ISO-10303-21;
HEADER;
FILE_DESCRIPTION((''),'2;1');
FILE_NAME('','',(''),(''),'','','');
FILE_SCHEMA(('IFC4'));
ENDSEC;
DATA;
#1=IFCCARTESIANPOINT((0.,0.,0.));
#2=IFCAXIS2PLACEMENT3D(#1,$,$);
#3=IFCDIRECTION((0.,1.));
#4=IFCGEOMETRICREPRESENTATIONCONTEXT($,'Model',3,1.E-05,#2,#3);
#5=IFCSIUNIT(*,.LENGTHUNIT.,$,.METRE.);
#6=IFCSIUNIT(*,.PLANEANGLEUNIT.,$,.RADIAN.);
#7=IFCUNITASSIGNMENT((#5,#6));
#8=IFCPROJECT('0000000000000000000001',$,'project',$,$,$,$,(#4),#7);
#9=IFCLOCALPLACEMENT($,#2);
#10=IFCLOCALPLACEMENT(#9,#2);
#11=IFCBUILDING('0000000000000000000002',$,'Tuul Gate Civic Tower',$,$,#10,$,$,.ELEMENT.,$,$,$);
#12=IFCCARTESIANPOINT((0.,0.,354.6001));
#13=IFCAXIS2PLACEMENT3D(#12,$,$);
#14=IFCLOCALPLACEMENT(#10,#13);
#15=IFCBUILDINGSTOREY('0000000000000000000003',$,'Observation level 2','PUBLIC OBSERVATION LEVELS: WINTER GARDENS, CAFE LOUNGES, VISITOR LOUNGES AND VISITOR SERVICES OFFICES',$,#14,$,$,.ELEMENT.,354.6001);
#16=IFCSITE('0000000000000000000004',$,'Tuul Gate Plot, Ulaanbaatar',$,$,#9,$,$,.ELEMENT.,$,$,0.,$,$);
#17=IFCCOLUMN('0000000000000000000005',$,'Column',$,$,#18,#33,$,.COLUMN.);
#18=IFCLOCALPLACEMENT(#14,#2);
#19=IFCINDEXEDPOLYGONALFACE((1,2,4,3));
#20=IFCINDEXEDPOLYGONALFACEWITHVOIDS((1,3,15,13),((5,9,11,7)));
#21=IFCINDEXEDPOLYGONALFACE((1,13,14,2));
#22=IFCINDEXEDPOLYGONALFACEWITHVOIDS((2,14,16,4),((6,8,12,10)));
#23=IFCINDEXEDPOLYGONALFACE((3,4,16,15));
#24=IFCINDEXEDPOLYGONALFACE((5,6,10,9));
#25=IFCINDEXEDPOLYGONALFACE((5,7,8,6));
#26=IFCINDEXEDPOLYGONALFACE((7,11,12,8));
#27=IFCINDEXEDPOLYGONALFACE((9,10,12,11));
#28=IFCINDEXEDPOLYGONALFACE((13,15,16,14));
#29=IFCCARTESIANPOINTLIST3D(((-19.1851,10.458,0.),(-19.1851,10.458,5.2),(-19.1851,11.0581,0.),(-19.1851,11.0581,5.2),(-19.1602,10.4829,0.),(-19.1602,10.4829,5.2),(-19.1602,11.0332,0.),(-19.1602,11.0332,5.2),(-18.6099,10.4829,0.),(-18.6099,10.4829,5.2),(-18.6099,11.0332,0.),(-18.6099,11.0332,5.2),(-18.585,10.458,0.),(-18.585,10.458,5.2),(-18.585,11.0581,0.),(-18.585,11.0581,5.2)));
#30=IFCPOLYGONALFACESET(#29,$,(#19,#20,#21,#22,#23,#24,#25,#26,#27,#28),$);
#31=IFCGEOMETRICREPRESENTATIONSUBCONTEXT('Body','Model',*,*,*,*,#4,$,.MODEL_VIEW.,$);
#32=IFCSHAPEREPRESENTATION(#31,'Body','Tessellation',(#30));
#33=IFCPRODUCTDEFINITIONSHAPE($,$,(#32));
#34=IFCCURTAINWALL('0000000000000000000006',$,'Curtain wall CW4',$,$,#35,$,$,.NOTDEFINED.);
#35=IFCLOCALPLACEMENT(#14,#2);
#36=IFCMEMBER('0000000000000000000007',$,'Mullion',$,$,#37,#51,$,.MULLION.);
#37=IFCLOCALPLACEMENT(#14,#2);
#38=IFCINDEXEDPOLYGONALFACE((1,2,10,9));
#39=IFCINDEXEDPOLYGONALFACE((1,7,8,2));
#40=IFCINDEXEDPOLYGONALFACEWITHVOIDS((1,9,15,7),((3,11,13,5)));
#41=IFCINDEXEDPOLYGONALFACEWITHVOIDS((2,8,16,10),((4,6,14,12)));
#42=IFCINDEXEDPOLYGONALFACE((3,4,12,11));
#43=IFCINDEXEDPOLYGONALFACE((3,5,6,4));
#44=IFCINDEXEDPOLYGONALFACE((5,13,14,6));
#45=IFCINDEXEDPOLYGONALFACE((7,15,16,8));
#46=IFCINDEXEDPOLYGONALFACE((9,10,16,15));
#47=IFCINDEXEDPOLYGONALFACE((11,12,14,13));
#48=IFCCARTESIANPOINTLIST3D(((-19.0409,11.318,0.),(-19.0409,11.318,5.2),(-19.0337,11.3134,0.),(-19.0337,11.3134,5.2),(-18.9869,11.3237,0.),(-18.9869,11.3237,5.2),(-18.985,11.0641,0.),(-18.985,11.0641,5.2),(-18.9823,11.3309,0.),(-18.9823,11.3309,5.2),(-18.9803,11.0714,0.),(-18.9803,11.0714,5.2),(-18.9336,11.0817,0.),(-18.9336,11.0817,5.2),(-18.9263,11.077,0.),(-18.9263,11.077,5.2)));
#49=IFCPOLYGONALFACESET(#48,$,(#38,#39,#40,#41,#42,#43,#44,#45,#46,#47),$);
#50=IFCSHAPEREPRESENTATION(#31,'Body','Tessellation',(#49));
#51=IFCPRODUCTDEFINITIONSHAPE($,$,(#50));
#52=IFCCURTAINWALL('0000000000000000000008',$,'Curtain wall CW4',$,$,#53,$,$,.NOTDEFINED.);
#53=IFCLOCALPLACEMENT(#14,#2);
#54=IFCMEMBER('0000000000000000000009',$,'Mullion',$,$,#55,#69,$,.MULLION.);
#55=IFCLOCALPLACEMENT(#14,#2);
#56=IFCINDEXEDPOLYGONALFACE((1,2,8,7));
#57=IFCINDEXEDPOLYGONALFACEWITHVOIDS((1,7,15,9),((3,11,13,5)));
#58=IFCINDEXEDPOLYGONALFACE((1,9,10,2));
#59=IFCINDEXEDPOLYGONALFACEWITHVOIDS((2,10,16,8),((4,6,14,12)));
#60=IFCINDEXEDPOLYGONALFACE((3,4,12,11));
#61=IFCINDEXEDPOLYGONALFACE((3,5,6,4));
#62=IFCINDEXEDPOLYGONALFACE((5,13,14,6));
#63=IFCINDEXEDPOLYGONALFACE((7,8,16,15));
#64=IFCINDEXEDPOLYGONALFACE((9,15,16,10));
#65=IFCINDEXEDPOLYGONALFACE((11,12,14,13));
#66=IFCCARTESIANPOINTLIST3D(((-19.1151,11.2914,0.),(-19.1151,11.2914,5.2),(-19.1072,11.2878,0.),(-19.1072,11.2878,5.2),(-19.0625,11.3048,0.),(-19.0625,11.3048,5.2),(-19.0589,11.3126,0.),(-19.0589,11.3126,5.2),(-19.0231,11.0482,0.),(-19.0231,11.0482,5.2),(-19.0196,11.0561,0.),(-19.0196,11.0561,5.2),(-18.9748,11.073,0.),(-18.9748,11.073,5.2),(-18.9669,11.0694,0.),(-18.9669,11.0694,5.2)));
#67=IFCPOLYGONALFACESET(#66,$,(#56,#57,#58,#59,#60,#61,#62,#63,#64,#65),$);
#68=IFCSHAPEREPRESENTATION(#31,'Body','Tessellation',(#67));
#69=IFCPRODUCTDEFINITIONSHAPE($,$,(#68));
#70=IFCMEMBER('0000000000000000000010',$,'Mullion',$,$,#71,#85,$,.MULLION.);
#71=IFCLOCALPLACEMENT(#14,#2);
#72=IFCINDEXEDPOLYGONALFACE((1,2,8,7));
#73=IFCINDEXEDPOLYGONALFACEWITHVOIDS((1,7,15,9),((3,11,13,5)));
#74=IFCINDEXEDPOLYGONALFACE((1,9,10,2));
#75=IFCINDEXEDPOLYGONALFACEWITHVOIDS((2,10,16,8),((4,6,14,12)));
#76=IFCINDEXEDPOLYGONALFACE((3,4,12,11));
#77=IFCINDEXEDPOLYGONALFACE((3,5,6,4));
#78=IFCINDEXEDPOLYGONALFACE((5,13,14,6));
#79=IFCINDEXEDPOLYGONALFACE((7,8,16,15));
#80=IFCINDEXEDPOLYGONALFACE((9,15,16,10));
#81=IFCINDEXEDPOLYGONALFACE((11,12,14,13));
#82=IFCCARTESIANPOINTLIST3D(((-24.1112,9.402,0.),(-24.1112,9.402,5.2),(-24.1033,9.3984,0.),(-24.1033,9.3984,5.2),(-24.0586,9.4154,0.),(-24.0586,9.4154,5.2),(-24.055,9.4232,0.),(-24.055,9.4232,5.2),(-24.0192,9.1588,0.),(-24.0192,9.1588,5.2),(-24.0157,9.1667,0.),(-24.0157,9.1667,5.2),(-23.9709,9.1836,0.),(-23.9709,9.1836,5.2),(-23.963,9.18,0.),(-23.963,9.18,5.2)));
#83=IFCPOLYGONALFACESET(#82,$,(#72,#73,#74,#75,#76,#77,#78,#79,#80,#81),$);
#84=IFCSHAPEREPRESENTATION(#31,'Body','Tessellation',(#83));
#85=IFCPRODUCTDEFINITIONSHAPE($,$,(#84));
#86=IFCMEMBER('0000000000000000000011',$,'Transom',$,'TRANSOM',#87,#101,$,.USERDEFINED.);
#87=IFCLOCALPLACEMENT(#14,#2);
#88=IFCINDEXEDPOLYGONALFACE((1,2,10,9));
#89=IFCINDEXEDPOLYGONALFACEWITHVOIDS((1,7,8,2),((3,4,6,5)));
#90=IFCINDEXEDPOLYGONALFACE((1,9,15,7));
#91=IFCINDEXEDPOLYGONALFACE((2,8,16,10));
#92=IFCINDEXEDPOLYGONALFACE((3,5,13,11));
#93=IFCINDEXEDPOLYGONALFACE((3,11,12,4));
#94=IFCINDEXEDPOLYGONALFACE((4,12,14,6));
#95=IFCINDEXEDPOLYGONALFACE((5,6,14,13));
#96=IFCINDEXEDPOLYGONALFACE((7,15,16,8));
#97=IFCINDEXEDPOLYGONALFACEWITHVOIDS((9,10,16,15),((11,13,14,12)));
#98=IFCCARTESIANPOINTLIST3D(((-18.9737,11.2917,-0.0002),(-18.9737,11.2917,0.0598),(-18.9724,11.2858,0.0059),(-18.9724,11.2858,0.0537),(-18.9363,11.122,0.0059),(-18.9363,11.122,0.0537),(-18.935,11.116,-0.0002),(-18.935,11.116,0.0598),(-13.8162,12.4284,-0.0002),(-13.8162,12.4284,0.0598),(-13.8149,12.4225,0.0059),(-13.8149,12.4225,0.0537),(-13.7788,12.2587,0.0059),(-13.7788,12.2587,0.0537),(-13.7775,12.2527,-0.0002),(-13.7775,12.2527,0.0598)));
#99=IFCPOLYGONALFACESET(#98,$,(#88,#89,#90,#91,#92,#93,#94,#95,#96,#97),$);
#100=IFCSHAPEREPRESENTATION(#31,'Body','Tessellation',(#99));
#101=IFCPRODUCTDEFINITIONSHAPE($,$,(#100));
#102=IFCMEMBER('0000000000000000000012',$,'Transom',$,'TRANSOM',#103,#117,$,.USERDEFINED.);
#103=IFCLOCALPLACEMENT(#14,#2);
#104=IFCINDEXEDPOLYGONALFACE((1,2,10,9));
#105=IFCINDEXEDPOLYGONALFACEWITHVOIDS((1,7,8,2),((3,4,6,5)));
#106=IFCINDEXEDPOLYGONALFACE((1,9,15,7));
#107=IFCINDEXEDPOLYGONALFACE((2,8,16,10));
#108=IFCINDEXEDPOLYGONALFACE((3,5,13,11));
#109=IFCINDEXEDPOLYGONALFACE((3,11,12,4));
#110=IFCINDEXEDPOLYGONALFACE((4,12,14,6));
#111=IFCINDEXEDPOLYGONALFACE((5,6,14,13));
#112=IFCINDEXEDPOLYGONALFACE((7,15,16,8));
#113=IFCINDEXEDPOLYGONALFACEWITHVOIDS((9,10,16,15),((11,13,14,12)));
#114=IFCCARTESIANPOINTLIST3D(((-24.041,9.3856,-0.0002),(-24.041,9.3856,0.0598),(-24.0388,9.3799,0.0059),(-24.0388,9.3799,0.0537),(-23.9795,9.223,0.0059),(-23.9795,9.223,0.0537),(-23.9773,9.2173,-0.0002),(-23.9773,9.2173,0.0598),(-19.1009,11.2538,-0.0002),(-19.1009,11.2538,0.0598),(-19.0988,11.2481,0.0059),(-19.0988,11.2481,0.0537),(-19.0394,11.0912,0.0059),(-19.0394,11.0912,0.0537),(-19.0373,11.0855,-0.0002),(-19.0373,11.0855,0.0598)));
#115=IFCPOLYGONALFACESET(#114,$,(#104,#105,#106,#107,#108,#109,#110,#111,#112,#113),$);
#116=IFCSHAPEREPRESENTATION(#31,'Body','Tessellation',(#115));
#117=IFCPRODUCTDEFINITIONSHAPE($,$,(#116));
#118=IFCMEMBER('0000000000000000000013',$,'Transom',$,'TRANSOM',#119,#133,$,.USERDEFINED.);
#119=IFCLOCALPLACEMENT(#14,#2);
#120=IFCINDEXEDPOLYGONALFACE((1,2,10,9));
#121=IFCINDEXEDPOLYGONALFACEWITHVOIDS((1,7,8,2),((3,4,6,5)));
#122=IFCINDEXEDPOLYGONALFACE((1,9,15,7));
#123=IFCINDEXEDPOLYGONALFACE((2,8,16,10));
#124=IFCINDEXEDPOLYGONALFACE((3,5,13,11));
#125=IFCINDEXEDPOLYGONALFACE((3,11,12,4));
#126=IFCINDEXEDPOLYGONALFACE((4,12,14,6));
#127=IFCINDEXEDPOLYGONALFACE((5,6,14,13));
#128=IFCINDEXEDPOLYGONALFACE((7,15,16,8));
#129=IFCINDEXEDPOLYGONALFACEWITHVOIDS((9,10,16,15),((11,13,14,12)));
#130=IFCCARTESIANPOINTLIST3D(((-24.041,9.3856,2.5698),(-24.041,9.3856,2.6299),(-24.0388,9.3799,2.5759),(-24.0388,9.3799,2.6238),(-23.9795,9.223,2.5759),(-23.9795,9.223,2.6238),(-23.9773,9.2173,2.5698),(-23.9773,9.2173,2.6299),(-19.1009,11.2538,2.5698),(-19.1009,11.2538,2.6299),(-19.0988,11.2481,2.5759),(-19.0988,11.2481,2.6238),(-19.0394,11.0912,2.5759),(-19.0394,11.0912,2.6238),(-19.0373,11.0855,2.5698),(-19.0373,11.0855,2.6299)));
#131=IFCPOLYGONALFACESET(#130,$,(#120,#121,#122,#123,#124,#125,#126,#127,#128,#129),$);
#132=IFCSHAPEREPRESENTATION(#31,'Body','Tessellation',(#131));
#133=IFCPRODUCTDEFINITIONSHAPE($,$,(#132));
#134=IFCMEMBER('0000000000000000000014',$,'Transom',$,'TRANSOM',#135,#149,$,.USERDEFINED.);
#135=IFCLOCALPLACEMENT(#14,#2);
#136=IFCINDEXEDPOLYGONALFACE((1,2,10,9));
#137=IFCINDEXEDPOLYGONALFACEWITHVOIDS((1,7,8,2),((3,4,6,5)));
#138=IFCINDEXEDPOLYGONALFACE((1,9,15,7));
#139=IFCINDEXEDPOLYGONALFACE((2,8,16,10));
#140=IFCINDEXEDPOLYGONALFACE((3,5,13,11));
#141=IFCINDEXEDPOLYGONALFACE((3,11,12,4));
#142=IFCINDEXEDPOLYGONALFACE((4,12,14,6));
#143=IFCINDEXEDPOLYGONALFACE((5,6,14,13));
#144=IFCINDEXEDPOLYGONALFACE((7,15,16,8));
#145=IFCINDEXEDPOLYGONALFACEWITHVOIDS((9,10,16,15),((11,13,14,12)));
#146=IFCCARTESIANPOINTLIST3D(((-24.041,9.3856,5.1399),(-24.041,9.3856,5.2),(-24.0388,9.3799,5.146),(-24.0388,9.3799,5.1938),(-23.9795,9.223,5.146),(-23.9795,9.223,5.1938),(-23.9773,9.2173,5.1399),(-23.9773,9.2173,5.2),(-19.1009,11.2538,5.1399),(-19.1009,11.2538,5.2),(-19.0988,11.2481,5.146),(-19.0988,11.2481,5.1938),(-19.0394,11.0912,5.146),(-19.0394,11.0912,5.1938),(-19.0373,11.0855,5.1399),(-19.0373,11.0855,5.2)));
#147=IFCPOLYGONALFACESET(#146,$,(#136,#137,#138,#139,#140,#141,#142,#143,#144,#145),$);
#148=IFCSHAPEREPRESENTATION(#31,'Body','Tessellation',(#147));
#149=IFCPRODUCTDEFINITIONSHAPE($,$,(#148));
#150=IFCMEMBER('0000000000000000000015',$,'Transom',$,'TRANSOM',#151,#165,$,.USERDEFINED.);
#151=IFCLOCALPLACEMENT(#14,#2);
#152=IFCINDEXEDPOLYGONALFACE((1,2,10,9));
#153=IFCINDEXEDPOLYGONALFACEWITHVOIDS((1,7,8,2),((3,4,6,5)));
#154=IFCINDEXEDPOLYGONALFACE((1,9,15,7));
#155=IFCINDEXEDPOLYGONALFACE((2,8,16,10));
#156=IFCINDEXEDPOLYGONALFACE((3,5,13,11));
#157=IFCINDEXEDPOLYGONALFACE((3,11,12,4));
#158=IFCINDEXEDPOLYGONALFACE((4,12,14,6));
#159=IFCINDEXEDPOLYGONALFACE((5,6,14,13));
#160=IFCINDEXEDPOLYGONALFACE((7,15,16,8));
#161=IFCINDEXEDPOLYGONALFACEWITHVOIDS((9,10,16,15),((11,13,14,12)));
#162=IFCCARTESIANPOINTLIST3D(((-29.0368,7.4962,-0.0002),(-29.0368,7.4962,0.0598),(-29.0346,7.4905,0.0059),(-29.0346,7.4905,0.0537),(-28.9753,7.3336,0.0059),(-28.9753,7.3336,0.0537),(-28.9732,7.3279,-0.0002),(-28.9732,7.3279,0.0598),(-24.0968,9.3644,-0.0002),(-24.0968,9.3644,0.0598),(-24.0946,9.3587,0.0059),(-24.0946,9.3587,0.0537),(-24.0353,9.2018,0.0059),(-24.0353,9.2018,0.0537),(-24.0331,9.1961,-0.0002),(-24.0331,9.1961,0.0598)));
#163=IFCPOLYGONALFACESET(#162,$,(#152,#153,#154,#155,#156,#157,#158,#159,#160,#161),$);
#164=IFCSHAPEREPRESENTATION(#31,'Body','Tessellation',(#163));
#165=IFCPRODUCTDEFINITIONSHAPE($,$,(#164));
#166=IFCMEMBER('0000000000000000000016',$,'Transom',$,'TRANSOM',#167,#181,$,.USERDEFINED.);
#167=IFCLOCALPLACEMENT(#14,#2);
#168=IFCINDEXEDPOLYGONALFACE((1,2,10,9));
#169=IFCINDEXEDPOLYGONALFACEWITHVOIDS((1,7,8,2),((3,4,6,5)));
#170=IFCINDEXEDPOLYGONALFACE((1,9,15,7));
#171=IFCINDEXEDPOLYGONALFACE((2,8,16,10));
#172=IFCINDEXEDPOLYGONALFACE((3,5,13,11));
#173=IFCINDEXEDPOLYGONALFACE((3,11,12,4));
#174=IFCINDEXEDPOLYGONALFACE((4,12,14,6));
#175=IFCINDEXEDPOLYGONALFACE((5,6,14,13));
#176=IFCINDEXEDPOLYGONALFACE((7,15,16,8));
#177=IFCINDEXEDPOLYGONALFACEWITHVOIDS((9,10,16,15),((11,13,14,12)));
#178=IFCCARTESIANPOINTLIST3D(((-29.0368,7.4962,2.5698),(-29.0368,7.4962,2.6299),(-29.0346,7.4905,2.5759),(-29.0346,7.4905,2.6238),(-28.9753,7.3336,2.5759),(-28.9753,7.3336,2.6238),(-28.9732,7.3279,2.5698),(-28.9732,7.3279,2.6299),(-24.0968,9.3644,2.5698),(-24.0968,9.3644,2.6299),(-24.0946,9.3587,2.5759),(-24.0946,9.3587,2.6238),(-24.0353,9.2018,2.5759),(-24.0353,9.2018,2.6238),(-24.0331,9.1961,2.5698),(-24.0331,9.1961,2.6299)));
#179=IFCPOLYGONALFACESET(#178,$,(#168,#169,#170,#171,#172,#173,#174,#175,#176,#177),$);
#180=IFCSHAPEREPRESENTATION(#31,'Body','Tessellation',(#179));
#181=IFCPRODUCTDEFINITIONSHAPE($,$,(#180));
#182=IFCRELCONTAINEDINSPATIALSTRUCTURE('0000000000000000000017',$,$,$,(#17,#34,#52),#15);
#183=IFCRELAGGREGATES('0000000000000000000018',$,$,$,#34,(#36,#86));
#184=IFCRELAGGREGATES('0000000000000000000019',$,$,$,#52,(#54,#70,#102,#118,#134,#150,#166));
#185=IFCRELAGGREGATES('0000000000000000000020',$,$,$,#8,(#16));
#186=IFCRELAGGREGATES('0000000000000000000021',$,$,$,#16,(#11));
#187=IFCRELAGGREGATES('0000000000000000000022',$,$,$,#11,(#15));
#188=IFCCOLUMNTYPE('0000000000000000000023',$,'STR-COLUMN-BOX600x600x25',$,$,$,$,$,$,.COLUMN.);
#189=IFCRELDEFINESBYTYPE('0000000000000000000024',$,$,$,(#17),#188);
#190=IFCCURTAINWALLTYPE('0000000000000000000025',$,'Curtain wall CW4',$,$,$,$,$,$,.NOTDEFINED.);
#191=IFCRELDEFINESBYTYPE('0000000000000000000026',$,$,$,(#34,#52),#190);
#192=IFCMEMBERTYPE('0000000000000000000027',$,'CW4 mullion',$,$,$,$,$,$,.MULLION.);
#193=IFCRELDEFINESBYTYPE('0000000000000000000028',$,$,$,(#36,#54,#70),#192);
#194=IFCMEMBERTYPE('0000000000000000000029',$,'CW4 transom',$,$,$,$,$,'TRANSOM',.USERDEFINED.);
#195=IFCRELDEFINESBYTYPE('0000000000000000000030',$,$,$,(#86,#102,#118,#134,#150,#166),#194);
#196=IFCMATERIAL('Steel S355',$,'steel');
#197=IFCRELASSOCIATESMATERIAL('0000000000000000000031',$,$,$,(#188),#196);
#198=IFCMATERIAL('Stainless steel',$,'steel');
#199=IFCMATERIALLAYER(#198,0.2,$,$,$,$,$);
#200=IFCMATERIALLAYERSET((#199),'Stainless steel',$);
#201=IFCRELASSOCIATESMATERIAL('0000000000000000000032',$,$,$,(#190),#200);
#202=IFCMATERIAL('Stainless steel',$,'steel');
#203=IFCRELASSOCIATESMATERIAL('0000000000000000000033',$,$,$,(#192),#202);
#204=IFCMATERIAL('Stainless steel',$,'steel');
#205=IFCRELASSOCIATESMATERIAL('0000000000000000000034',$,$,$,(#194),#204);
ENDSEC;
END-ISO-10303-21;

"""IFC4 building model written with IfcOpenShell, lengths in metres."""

from ifc_helpers import new_model, si_unit, direction, frame, origin, origin_2d, place, context, subcontext, project, spatial, hollow_rectangle, extrude, material, layer, layer_set, material_profile, profile_set, type_object, element, aggregate, save


model = new_model("IFC4")

# Units and contexts
model_context = context("Model", 3, precision=1e-05, world=origin(), true_north=direction((0.0, 1.0)))
body_context = subcontext(model_context, "Body", "Model", "MODEL_VIEW")
ifc_project = project(units=[si_unit("LENGTHUNIT", "METRE"), si_unit("PLANEANGLEUNIT", "RADIAN")], contexts=[model_context])

# Site, building, storey
site_placement = place(None, origin())
site = spatial("IfcSite", under=ifc_project, at=site_placement, Name="Tuul Gate Plot, Ulaanbaatar", CompositionType="ELEMENT", RefElevation=0.0)
building_placement = place(site_placement, origin())
building = spatial("IfcBuilding", under=site, at=building_placement, Name="Tuul Gate Civic Tower", CompositionType="ELEMENT")
storey_placement = place(building_placement, frame((0.0, 0.0, 354.6001)))
storey = spatial("IfcBuildingStorey", under=building, at=storey_placement, Name="Observation level 2", Description="PUBLIC OBSERVATION LEVELS: WINTER GARDENS, CAFE LOUNGES, VISITOR LOUNGES AND VISITOR SERVICES OFFICES", CompositionType="ELEMENT", Elevation=354.6001)

# Column
ifc_material_1 = material(Name="Steel S355", Category="steel")
ifc_material_profile_1 = material_profile(ifc_material_1, hollow_rectangle(XDim=0.6001, YDim=0.6001, WallThickness=0.0249, at=origin_2d()), Name="BOX600x600x25")
ifc_profile_set_1 = profile_set([ifc_material_profile_1], Name="Steel S355")
column_type = type_object("IfcColumnType", Name="STR-COLUMN-BOX600x600x25", PredefinedType="COLUMN", material=ifc_profile_set_1)
column_placement = place(storey_placement, frame((-18.885, 10.7581, 0.0), z_axis=(0.0, 0.0, 1.0), x_axis=(1.0, 0.0, 0.0)))
element("IfcColumn", 1, at=column_placement, inside=storey, type_object=column_type, Name="Column", PredefinedType="COLUMN", context=body_context, shape_type="SweptSolid", body=[
    extrude(hollow_rectangle(XDim=0.6001, YDim=0.6001, WallThickness=0.0249, at=origin_2d()), origin(), (0.0, 0.0, 1.0), 5.2),
])

# Curtain wall, member
ifc_material_2 = material(Name="Stainless steel", Category="steel")
ifc_layer_1 = layer(ifc_material_2, 0.2)
ifc_layer_set_1 = layer_set([ifc_layer_1], Name="Stainless steel")
curtain_wall_type = type_object("IfcCurtainWallType", Name="Curtain wall CW4", PredefinedType="NOTDEFINED", material=ifc_layer_set_1)
curtain_wall_1_placement = place(storey_placement, origin())
curtain_wall_1 = element("IfcCurtainWall", 2, at=curtain_wall_1_placement, inside=storey, type_object=curtain_wall_type, Name="Curtain wall CW4", PredefinedType="NOTDEFINED")
ifc_material_3 = material(Name="Stainless steel", Category="steel")
ifc_material_profile_2 = material_profile(ifc_material_3, hollow_rectangle(XDim=0.26, YDim=0.0601, WallThickness=0.0061, at=origin_2d()), Name="CW4 mullion")
ifc_profile_set_2 = profile_set([ifc_material_profile_2], Name="Stainless steel")
member_type_1 = type_object("IfcMemberType", Name="CW4 mullion", PredefinedType="MULLION", material=ifc_profile_set_2)
member_1_placement = place(storey_placement, frame((-18.9836, 11.1975, 0.0), z_axis=(0.0, 0.0, 1.0), x_axis=(0.215215, -0.976567, 0.0)))
member_1 = element("IfcMember", 3, at=member_1_placement, type_object=member_type_1, Name="Mullion", PredefinedType="MULLION", context=body_context, shape_type="SweptSolid", body=[
    extrude(hollow_rectangle(XDim=0.26, YDim=0.0601, WallThickness=0.0061, at=origin_2d()), origin(), (0.0, 0.0, 1.0), 5.2),
])

# Curtain wall, members
curtain_wall_2_placement = place(storey_placement, origin())
curtain_wall_2 = element("IfcCurtainWall", 4, at=curtain_wall_2_placement, inside=storey, type_object=curtain_wall_type, Name="Curtain wall CW4", PredefinedType="NOTDEFINED")
member_2_placement = place(storey_placement, frame((-19.041, 11.1804, 0.0), z_axis=(0.0, 0.0, 1.0), x_axis=(0.353734, -0.935346, 0.0)))
member_2 = element("IfcMember", 5, at=member_2_placement, type_object=member_type_1, Name="Mullion", PredefinedType="MULLION", context=body_context, shape_type="SweptSolid", body=[
    extrude(hollow_rectangle(XDim=0.26, YDim=0.0601, WallThickness=0.0061, at=origin_2d()), origin(), (0.0, 0.0, 1.0), 5.2),
])
member_3_placement = place(storey_placement, frame((-24.0371, 9.291, 0.0), z_axis=(0.0, 0.0, 1.0), x_axis=(0.353734, -0.935346, 0.0)))
member_3 = element("IfcMember", 6, at=member_3_placement, type_object=member_type_1, Name="Mullion", PredefinedType="MULLION", context=body_context, shape_type="SweptSolid", body=[
    extrude(hollow_rectangle(XDim=0.26, YDim=0.0601, WallThickness=0.0061, at=origin_2d()), origin(), (0.0, 0.0, 1.0), 5.2),
])

# Members
ifc_material_4 = material(Name="Stainless steel", Category="steel")
ifc_material_profile_3 = material_profile(ifc_material_4, hollow_rectangle(XDim=0.1799, YDim=0.0601, WallThickness=0.0061, at=origin_2d()), Name="CW4 transom")
ifc_profile_set_3 = profile_set([ifc_material_profile_3], Name="Stainless steel")
member_type_2 = type_object("IfcMemberType", Name="CW4 transom", ElementType="TRANSOM", PredefinedType="USERDEFINED", material=ifc_profile_set_3)
member_4_placement = place(storey_placement, frame((-13.7969, 12.3406, 0.0298), z_axis=(-0.976562, -0.215237, 0.0), x_axis=(0.215237, -0.976562, 0.0)))
member_4 = element("IfcMember", 7, at=member_4_placement, type_object=member_type_2, Name="Transom", ObjectType="TRANSOM", PredefinedType="USERDEFINED", context=body_context, shape_type="SweptSolid", body=[
    extrude(hollow_rectangle(XDim=0.1799, YDim=0.0601, WallThickness=0.0061, at=origin_2d()), origin(), (0.0, 0.0, 1.0), 5.2812),
])
member_5_placement = place(storey_placement, frame((-19.0691, 11.1697, 0.0298), z_axis=(-0.935349, -0.353726, 0.0), x_axis=(0.353726, -0.935349, 0.0)))
member_5 = element("IfcMember", 8, at=member_5_placement, type_object=member_type_2, Name="Transom", ObjectType="TRANSOM", PredefinedType="USERDEFINED", context=body_context, shape_type="SweptSolid", body=[
    extrude(hollow_rectangle(XDim=0.1799, YDim=0.0601, WallThickness=0.0061, at=origin_2d()), origin(), (0.0, 0.0, 1.0), 5.2815),
])
member_6_placement = place(storey_placement, frame((-19.0691, 11.1697, 2.5999), z_axis=(-0.935349, -0.353726, 0.0), x_axis=(0.353726, -0.935349, 0.0)))
member_6 = element("IfcMember", 9, at=member_6_placement, type_object=member_type_2, Name="Transom", ObjectType="TRANSOM", PredefinedType="USERDEFINED", context=body_context, shape_type="SweptSolid", body=[
    extrude(hollow_rectangle(XDim=0.1799, YDim=0.0601, WallThickness=0.0061, at=origin_2d()), origin(), (0.0, 0.0, 1.0), 5.2815),
])
member_7_placement = place(storey_placement, frame((-19.0691, 11.1697, 5.1699), z_axis=(-0.935349, -0.353726, 0.0), x_axis=(0.353726, -0.935349, 0.0)))
member_7 = element("IfcMember", 10, at=member_7_placement, type_object=member_type_2, Name="Transom", ObjectType="TRANSOM", PredefinedType="USERDEFINED", context=body_context, shape_type="SweptSolid", body=[
    extrude(hollow_rectangle(XDim=0.1799, YDim=0.0601, WallThickness=0.0061, at=origin_2d()), origin(), (0.0, 0.0, 1.0), 5.2815),
])
member_8_placement = place(storey_placement, frame((-24.0649, 9.2803, 0.0298), z_axis=(-0.935349, -0.353726, 0.0), x_axis=(0.353726, -0.935349, 0.0)))
member_8 = element("IfcMember", 11, at=member_8_placement, type_object=member_type_2, Name="Transom", ObjectType="TRANSOM", PredefinedType="USERDEFINED", context=body_context, shape_type="SweptSolid", body=[
    extrude(hollow_rectangle(XDim=0.1799, YDim=0.0601, WallThickness=0.0061, at=origin_2d()), origin(), (0.0, 0.0, 1.0), 5.2815),
])
member_9_placement = place(storey_placement, frame((-24.0649, 9.2803, 2.5999), z_axis=(-0.935349, -0.353726, 0.0), x_axis=(0.353726, -0.935349, 0.0)))
member_9 = element("IfcMember", 12, at=member_9_placement, type_object=member_type_2, Name="Transom", ObjectType="TRANSOM", PredefinedType="USERDEFINED", context=body_context, shape_type="SweptSolid", body=[
    extrude(hollow_rectangle(XDim=0.1799, YDim=0.0601, WallThickness=0.0061, at=origin_2d()), origin(), (0.0, 0.0, 1.0), 5.2815),
])

aggregate(curtain_wall_1, [member_1, member_4])
aggregate(curtain_wall_2, [member_2, member_3, member_5, member_6, member_7, member_8, member_9])

save(model, "model.ifc")
